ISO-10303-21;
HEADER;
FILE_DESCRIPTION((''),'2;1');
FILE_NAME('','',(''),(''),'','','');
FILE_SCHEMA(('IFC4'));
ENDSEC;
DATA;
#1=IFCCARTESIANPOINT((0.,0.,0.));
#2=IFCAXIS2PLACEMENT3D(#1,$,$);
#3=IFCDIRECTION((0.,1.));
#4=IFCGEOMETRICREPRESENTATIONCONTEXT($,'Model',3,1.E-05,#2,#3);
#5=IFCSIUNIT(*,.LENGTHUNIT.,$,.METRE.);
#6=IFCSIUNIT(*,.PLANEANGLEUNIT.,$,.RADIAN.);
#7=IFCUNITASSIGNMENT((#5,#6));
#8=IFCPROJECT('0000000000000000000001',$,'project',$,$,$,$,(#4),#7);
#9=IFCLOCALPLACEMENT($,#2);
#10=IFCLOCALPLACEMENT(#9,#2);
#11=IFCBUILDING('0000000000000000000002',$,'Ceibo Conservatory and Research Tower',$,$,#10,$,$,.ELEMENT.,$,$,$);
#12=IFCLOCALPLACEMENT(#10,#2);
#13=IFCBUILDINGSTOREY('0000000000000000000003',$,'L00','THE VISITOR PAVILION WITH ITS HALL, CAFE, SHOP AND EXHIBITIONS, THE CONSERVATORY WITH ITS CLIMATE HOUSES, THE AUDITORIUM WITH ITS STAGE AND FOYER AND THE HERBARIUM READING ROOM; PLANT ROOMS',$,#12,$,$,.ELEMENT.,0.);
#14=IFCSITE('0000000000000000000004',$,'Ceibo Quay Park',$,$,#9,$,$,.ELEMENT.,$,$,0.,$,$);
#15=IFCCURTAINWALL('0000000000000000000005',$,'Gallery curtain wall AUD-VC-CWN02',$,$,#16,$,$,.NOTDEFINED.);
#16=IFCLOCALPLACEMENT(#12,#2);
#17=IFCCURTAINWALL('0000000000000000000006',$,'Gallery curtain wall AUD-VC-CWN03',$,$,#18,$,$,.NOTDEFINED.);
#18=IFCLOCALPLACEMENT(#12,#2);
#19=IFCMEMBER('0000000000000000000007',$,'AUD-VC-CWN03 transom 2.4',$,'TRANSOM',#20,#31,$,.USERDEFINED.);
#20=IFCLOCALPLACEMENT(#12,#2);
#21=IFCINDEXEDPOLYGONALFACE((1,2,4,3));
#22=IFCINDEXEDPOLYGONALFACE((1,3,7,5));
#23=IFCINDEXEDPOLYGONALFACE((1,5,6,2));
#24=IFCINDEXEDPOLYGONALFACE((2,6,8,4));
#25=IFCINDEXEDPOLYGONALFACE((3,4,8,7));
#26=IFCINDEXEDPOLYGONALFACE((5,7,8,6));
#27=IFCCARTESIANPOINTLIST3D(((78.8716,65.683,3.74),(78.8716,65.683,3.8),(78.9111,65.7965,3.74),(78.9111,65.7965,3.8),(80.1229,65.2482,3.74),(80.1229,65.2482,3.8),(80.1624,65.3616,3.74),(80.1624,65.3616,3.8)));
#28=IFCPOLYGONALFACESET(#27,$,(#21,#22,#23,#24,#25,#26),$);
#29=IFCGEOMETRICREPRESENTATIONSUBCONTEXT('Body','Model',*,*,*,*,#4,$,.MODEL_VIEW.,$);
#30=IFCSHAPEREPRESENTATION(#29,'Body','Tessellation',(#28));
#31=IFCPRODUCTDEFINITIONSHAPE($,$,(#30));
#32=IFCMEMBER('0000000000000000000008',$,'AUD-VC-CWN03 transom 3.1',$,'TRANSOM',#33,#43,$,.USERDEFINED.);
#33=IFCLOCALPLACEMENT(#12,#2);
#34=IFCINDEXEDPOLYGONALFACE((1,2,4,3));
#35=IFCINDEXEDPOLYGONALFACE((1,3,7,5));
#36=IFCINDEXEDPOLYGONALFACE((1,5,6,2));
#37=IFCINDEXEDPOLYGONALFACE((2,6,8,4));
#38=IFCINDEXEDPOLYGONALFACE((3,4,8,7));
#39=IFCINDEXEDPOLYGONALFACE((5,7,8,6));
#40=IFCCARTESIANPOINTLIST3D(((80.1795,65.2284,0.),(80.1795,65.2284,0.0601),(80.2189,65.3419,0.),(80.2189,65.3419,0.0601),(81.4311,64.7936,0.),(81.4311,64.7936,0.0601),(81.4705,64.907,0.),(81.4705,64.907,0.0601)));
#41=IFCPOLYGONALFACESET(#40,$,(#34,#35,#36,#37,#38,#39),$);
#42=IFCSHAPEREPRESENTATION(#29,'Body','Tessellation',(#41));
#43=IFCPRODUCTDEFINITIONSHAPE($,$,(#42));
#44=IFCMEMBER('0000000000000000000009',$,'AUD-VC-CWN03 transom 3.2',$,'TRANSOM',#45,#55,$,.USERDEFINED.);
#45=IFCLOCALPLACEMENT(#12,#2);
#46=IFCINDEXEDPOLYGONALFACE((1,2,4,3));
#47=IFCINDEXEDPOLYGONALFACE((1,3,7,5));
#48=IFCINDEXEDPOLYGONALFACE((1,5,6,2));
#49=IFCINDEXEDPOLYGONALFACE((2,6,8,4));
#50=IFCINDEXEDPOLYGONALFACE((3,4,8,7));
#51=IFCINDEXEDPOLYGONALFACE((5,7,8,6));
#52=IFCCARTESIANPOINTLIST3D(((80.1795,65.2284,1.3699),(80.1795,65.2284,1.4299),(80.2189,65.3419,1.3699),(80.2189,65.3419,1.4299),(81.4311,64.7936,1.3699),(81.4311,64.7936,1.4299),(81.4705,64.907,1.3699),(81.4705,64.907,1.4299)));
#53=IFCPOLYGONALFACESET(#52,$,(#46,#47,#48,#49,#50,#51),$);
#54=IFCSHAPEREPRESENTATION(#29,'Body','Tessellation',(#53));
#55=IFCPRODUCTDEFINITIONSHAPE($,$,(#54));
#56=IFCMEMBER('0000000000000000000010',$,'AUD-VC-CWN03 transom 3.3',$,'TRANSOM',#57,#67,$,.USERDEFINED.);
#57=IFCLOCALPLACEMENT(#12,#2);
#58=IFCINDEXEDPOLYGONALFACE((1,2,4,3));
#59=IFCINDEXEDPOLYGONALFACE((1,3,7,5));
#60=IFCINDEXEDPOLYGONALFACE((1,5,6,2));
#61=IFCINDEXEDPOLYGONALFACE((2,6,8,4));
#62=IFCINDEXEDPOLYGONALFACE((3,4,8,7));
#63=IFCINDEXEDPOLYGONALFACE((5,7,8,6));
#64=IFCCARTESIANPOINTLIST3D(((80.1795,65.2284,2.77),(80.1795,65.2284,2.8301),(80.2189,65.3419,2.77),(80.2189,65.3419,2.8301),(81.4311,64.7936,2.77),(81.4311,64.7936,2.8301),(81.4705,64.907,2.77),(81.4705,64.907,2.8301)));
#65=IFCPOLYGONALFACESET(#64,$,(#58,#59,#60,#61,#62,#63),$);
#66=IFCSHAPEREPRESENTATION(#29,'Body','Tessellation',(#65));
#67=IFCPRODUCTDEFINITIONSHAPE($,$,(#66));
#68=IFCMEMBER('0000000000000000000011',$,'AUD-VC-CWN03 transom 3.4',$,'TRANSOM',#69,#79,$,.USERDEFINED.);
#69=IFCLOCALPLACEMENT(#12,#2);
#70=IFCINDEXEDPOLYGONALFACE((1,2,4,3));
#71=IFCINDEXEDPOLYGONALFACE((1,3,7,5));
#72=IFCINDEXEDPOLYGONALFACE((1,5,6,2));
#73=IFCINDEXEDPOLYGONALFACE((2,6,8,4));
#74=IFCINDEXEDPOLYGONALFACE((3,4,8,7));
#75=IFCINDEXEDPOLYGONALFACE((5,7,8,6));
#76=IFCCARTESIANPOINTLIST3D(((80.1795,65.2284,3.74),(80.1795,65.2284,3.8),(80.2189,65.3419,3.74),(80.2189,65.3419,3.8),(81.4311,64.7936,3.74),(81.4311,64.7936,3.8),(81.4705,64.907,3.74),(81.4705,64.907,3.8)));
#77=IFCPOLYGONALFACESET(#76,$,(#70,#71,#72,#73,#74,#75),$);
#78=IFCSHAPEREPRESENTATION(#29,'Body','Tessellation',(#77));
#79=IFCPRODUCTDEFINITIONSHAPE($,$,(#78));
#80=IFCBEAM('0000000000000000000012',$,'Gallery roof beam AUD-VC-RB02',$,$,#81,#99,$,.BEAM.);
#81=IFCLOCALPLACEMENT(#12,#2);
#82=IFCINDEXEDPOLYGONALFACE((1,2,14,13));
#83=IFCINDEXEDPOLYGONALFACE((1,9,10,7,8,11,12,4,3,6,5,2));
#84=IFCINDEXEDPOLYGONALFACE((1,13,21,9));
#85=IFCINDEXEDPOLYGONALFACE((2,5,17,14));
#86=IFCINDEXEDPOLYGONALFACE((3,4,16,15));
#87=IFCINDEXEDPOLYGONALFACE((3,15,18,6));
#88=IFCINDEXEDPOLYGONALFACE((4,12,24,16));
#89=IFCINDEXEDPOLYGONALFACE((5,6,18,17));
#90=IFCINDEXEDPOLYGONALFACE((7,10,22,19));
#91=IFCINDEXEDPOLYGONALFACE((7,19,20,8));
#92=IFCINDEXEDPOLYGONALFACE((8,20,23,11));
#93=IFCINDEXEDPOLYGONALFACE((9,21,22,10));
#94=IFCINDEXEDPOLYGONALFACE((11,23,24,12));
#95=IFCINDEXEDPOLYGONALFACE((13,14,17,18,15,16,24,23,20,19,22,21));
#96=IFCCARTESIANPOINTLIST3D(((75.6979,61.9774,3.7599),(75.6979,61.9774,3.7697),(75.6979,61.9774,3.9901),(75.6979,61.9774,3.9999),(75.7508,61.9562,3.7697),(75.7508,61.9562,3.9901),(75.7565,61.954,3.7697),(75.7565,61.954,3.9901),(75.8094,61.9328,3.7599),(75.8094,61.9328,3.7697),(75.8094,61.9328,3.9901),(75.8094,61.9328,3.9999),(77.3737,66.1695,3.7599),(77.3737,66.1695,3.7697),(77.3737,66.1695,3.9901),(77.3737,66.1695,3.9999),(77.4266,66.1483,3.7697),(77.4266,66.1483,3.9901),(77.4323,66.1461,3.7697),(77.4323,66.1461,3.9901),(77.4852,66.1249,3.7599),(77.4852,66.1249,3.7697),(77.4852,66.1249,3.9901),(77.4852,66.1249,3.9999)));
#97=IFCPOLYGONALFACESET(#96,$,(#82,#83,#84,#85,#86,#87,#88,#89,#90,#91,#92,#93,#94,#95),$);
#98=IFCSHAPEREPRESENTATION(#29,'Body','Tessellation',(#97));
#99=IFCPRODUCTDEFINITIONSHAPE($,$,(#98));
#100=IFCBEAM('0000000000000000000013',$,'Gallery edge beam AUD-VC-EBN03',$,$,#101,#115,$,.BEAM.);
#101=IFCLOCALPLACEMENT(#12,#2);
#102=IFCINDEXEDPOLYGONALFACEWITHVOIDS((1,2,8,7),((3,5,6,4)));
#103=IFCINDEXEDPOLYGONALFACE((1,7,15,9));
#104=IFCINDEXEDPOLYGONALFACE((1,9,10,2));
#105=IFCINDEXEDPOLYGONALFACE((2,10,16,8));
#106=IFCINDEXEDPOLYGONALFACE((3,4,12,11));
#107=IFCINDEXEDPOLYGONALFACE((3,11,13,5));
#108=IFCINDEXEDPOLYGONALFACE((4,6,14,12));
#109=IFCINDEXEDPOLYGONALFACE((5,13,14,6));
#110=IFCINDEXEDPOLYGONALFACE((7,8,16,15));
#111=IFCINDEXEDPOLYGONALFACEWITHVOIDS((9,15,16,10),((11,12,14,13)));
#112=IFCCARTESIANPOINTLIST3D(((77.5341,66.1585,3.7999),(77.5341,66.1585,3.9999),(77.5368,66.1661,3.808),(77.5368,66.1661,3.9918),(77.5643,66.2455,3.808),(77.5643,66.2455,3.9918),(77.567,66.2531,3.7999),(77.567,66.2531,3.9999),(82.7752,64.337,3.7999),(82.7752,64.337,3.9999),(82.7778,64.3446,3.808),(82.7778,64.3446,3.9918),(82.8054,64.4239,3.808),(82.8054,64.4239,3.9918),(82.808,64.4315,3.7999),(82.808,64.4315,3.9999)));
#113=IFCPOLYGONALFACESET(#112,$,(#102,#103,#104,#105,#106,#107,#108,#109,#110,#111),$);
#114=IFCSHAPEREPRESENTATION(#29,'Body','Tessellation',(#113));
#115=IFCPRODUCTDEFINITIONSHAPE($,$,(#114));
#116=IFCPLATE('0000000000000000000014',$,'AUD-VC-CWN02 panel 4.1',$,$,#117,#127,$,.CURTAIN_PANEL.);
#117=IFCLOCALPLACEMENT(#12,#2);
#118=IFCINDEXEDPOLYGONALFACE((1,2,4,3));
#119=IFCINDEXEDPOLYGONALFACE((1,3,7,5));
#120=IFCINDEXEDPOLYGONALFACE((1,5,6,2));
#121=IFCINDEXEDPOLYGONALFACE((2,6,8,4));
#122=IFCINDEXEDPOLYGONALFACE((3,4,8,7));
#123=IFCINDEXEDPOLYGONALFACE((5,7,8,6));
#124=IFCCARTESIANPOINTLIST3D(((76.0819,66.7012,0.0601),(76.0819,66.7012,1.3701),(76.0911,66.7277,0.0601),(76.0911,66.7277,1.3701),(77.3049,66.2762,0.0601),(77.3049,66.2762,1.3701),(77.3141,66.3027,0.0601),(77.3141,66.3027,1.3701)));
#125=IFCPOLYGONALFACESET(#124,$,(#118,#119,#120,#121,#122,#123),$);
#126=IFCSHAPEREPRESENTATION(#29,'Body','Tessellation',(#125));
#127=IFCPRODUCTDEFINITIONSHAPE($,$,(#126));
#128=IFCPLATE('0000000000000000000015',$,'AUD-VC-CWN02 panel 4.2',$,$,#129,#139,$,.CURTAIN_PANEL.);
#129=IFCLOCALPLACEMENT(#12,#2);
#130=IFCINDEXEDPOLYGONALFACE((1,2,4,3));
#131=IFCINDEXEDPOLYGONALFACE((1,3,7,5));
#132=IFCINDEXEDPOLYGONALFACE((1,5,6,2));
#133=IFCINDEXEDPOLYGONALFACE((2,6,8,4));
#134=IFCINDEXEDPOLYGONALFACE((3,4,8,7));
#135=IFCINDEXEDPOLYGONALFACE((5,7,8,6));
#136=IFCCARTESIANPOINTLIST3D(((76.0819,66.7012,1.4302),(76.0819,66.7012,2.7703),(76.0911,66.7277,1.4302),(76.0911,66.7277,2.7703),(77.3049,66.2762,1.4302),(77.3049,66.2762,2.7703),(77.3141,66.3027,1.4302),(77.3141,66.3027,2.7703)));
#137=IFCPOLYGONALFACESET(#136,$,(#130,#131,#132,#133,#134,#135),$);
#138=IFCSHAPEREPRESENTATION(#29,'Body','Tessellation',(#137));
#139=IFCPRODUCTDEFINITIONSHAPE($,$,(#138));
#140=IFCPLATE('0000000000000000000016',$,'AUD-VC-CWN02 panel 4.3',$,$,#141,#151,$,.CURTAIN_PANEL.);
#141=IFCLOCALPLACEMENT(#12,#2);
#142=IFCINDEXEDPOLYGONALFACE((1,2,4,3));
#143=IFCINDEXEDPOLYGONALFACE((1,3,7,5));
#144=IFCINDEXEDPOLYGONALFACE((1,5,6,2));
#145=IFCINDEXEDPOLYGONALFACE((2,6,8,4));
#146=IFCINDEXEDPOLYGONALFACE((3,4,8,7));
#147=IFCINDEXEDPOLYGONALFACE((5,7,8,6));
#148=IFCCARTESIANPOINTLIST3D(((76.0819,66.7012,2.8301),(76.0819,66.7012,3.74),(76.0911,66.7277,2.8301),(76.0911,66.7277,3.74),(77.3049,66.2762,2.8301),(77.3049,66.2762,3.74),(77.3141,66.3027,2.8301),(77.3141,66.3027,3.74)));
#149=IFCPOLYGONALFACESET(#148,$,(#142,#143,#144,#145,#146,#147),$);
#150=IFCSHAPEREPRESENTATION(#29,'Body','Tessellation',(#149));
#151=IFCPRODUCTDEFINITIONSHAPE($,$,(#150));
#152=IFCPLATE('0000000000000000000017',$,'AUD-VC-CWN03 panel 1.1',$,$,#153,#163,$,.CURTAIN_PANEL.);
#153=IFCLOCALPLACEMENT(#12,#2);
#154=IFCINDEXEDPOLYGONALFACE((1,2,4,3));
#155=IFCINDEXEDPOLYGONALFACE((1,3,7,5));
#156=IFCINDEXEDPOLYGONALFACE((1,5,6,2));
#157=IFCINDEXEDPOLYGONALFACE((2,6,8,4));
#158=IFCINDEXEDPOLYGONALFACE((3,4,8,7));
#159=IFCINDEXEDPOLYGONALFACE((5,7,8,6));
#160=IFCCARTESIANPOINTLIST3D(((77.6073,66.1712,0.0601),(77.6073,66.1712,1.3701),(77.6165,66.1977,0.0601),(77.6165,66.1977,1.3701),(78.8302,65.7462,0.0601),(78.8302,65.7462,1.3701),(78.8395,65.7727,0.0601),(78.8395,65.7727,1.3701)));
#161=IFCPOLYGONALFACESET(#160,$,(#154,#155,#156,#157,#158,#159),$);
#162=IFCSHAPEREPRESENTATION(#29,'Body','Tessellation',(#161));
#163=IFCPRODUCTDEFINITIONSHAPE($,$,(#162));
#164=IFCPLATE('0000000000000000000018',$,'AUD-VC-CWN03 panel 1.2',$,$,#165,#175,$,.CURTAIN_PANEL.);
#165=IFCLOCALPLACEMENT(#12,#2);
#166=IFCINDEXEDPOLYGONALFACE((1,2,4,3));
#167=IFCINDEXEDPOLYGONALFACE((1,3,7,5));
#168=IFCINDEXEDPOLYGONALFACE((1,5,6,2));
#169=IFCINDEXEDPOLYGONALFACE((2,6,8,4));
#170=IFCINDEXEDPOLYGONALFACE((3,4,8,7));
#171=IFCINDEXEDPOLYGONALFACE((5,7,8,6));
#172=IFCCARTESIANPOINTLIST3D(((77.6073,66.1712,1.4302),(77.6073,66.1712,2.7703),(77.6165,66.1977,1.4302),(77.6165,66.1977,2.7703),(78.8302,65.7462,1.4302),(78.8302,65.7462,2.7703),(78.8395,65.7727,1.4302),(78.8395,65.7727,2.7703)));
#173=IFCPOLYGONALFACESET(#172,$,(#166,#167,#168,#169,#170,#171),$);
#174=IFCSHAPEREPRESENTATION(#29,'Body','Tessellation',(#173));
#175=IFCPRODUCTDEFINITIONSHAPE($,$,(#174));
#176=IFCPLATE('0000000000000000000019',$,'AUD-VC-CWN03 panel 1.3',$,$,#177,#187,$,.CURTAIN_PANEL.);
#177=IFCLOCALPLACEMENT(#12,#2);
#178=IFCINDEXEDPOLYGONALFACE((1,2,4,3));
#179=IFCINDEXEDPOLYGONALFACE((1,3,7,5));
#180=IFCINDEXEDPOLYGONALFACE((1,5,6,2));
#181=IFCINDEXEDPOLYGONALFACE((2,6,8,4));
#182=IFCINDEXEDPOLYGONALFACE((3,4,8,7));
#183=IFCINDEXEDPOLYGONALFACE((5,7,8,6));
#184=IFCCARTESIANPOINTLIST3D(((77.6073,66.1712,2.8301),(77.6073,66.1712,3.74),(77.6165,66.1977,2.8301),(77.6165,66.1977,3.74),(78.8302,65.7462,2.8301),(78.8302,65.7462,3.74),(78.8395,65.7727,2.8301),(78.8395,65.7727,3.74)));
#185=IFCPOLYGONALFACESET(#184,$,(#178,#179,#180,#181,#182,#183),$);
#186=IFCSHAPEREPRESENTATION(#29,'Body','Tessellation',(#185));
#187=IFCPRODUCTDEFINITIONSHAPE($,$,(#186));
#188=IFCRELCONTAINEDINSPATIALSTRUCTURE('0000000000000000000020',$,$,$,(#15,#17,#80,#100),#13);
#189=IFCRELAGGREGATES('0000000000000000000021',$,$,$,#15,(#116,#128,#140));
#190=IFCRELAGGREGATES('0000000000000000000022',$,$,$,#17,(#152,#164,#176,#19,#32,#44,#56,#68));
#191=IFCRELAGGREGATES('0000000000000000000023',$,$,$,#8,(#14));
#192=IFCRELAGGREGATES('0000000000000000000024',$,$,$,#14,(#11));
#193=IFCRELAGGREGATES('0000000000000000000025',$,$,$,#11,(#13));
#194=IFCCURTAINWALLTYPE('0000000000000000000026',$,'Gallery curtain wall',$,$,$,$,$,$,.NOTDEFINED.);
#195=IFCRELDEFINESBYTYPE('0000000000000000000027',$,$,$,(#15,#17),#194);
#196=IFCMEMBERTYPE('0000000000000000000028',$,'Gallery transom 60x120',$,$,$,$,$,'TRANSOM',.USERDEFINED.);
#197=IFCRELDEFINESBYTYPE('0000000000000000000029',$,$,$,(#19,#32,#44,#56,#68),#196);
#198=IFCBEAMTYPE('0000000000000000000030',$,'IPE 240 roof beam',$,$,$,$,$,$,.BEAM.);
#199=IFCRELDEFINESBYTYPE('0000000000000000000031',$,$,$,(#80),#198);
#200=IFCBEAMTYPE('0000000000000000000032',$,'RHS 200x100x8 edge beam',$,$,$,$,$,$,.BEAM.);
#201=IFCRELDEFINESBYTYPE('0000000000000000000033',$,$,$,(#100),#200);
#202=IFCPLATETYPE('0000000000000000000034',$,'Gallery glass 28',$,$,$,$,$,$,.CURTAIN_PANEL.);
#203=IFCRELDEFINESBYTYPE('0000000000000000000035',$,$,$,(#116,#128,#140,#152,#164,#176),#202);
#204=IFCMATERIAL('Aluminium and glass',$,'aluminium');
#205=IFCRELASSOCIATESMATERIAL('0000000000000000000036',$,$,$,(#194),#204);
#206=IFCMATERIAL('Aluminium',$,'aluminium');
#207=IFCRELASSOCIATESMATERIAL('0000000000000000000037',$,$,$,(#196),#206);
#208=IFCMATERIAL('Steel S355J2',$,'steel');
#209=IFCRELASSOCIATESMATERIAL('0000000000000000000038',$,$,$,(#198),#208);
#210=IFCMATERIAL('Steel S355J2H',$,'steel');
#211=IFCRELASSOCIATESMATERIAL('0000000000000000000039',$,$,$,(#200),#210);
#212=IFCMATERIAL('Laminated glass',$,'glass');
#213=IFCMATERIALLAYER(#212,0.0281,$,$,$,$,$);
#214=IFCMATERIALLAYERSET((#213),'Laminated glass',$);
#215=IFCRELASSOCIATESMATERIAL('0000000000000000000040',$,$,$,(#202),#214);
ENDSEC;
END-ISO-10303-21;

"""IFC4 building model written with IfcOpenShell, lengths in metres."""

from ifc_helpers import new_model, si_unit, direction, frame, origin, origin_2d, place, context, subcontext, project, spatial, rectangle, hollow_rectangle, i_section, extrude, material, layer, layer_set, material_profile, profile_set, type_object, element, aggregate, save


model = new_model("IFC4")

# Units and contexts
model_context = context("Model", 3, precision=1e-05, world=origin(), true_north=direction((0.0, 1.0)))
body_context = subcontext(model_context, "Body", "Model", "MODEL_VIEW")
ifc_project = project(units=[si_unit("LENGTHUNIT", "METRE"), si_unit("PLANEANGLEUNIT", "RADIAN")], contexts=[model_context])

# Site, building, storey
site_placement = place(None, origin())
site = spatial("IfcSite", under=ifc_project, at=site_placement, Name="Ceibo Quay Park", CompositionType="ELEMENT", RefElevation=0.0)
building_placement = place(site_placement, origin())
building = spatial("IfcBuilding", under=site, at=building_placement, Name="Ceibo Conservatory and Research Tower", CompositionType="ELEMENT")
storey_placement = place(building_placement, origin())
storey = spatial("IfcBuildingStorey", under=building, at=storey_placement, Name="L00", Description="THE VISITOR PAVILION WITH ITS HALL, CAFE, SHOP AND EXHIBITIONS, THE CONSERVATORY WITH ITS CLIMATE HOUSES, THE AUDITORIUM WITH ITS STAGE AND FOYER AND THE HERBARIUM READING ROOM; PLANT ROOMS", CompositionType="ELEMENT", Elevation=0.0)

# Shared definitions
ifc_material_1 = material(Name="Steel S355J2H", Category="steel")

# Curtain wall
ifc_material_2 = material(Name="Aluminium and glass", Category="aluminium")
curtain_wall_type = type_object("IfcCurtainWallType", Name="Gallery curtain wall", PredefinedType="NOTDEFINED", material=ifc_material_2)
curtain_wall_1_placement = place(storey_placement, origin())
curtain_wall_1 = element("IfcCurtainWall", 1, at=curtain_wall_1_placement, inside=storey, type_object=curtain_wall_type, Name="Gallery curtain wall AUD-VC-CWN02", PredefinedType="NOTDEFINED")
ifc_material_3 = material(Name="Aluminium", Category="aluminium")

# Curtain wall
curtain_wall_2_placement = place(storey_placement, origin())
curtain_wall_2 = element("IfcCurtainWall", 2, at=curtain_wall_2_placement, inside=storey, type_object=curtain_wall_type, Name="Gallery curtain wall AUD-VC-CWN03", PredefinedType="NOTDEFINED")

# Members
ifc_material_profile_1 = material_profile(ifc_material_3, rectangle(XDim=0.1201, YDim=0.0601, at=origin_2d()), Name="AL 60x120")
ifc_profile_set_1 = profile_set([ifc_material_profile_1], Name="Aluminium")
member_type_1 = type_object("IfcMemberType", Name="Gallery transom 60x120", ElementType="TRANSOM", PredefinedType="USERDEFINED", material=ifc_profile_set_1)
member_1_placement = place(storey_placement, frame((78.8914, 65.7397, 3.77), z_axis=(0.944589, -0.328256, 0.0), x_axis=(0.328256, 0.944589, 0.0)))
member_1 = element("IfcMember", 3, at=member_1_placement, type_object=member_type_1, Name="AUD-VC-CWN03 transom 2.4", ObjectType="TRANSOM", PredefinedType="USERDEFINED", context=body_context, shape_type="SweptSolid", body=[
    extrude(rectangle(XDim=0.1201, YDim=0.0601, at=origin_2d()), origin(), (0.0, 0.0, 1.0), 1.3247),
])
member_2_placement = place(storey_placement, frame((80.1992, 65.2852, 0.03), z_axis=(0.944609, -0.328199, 0.0), x_axis=(0.328199, 0.944609, 0.0)))
member_2 = element("IfcMember", 4, at=member_2_placement, type_object=member_type_1, Name="AUD-VC-CWN03 transom 3.1", ObjectType="TRANSOM", PredefinedType="USERDEFINED", context=body_context, shape_type="SweptSolid", body=[
    extrude(rectangle(XDim=0.1201, YDim=0.0601, at=origin_2d()), origin(), (0.0, 0.0, 1.0), 1.325),
])
member_3_placement = place(storey_placement, frame((80.1992, 65.2852, 1.3999), z_axis=(0.944609, -0.328199, 0.0), x_axis=(0.328199, 0.944609, 0.0)))
member_3 = element("IfcMember", 5, at=member_3_placement, type_object=member_type_1, Name="AUD-VC-CWN03 transom 3.2", ObjectType="TRANSOM", PredefinedType="USERDEFINED", context=body_context, shape_type="SweptSolid", body=[
    extrude(rectangle(XDim=0.1201, YDim=0.0601, at=origin_2d()), origin(), (0.0, 0.0, 1.0), 1.325),
])
member_4_placement = place(storey_placement, frame((80.1992, 65.2852, 2.8), z_axis=(0.944609, -0.328199, 0.0), x_axis=(0.328199, 0.944609, 0.0)))
member_4 = element("IfcMember", 6, at=member_4_placement, type_object=member_type_1, Name="AUD-VC-CWN03 transom 3.3", ObjectType="TRANSOM", PredefinedType="USERDEFINED", context=body_context, shape_type="SweptSolid", body=[
    extrude(rectangle(XDim=0.1201, YDim=0.0601, at=origin_2d()), origin(), (0.0, 0.0, 1.0), 1.325),
])
member_5_placement = place(storey_placement, frame((80.1992, 65.2852, 3.77), z_axis=(0.944609, -0.328199, 0.0), x_axis=(0.328199, 0.944609, 0.0)))
member_5 = element("IfcMember", 7, at=member_5_placement, type_object=member_type_1, Name="AUD-VC-CWN03 transom 3.4", ObjectType="TRANSOM", PredefinedType="USERDEFINED", context=body_context, shape_type="SweptSolid", body=[
    extrude(rectangle(XDim=0.1201, YDim=0.0601, at=origin_2d()), origin(), (0.0, 0.0, 1.0), 1.325),
])

# Beams
ifc_material_4 = material(Name="Steel S355J2", Category="steel")
ifc_material_profile_2 = material_profile(ifc_material_4, i_section(OverallWidth=0.1201, OverallDepth=0.24, WebThickness=0.0061, FlangeThickness=0.0098, at=origin_2d()), Name="IPE 240")
ifc_profile_set_2 = profile_set([ifc_material_profile_2], Name="Steel S355J2")
beam_type_1 = type_object("IfcBeamType", Name="IPE 240 roof beam", PredefinedType="BEAM", material=ifc_profile_set_2)
beam_1_placement = place(storey_placement, frame((77.4294, 66.1472, 3.8799), z_axis=(-0.371186, -0.928559, 0.0), x_axis=(0.928559, -0.371186, 0.0)))
element("IfcBeam", 8, at=beam_1_placement, inside=storey, type_object=beam_type_1, Name="Gallery roof beam AUD-VC-RB02", PredefinedType="BEAM", context=body_context, shape_type="SweptSolid", body=[
    extrude(i_section(OverallWidth=0.1201, OverallDepth=0.24, WebThickness=0.0061, FlangeThickness=0.0098, at=origin_2d()), origin(), (0.0, 0.0, 1.0), 4.5146),
])
ifc_material_profile_3 = material_profile(ifc_material_1, hollow_rectangle(XDim=0.1001, YDim=0.2, WallThickness=0.0081, at=origin_2d()), Name="RHS 200x100x8 edge beam")
ifc_profile_set_3 = profile_set([ifc_material_profile_3], Name="Steel S355J2H")
beam_type_2 = type_object("IfcBeamType", Name="RHS 200x100x8 edge beam", PredefinedType="BEAM", material=ifc_profile_set_3)
beam_2_placement = place(storey_placement, frame((77.5505, 66.2058, 3.8999), z_axis=(0.944576, -0.328294, 0.0), x_axis=(0.328294, 0.944576, 0.0)))
element("IfcBeam", 9, at=beam_2_placement, inside=storey, type_object=beam_type_2, Name="Gallery edge beam AUD-VC-EBN03", PredefinedType="BEAM", context=body_context, shape_type="SweptSolid", body=[
    extrude(hollow_rectangle(XDim=0.1001, YDim=0.2, WallThickness=0.0081, at=origin_2d()), origin(), (0.0, 0.0, 1.0), 5.5486),
])

# Plates
ifc_material_5 = material(Name="Laminated glass", Category="glass")
ifc_layer = layer(ifc_material_5, 0.0281)
ifc_layer_set = layer_set([ifc_layer], Name="Laminated glass")
plate_type = type_object("IfcPlateType", Name="Gallery glass 28", PredefinedType="CURTAIN_PANEL", material=ifc_layer_set)
plate_1_placement = place(storey_placement, frame((76.698, 66.502, 0.0601), z_axis=(0.0, 0.0, 1.0), x_axis=(0.944579, -0.328284, 0.0)))
plate_1 = element("IfcPlate", 10, at=plate_1_placement, type_object=plate_type, Name="AUD-VC-CWN02 panel 4.1", PredefinedType="CURTAIN_PANEL", context=body_context, shape_type="SweptSolid", body=[
    extrude(rectangle(XDim=1.2947, YDim=0.0281, at=origin_2d()), origin(), (0.0, 0.0, 1.0), 1.3101),
])
plate_2_placement = place(storey_placement, frame((76.698, 66.502, 1.4302), z_axis=(0.0, 0.0, 1.0), x_axis=(0.944579, -0.328284, 0.0)))
plate_2 = element("IfcPlate", 11, at=plate_2_placement, type_object=plate_type, Name="AUD-VC-CWN02 panel 4.2", PredefinedType="CURTAIN_PANEL", context=body_context, shape_type="SweptSolid", body=[
    extrude(rectangle(XDim=1.2947, YDim=0.0281, at=origin_2d()), origin(), (0.0, 0.0, 1.0), 1.3401),
])
plate_3_placement = place(storey_placement, frame((76.698, 66.502, 2.8301), z_axis=(0.0, 0.0, 1.0), x_axis=(0.944579, -0.328284, 0.0)))
plate_3 = element("IfcPlate", 12, at=plate_3_placement, type_object=plate_type, Name="AUD-VC-CWN02 panel 4.3", PredefinedType="CURTAIN_PANEL", context=body_context, shape_type="SweptSolid", body=[
    extrude(rectangle(XDim=1.2947, YDim=0.0281, at=origin_2d()), origin(), (0.0, 0.0, 1.0), 0.9099),
])
aggregate(curtain_wall_1, [plate_1, plate_2, plate_3])
plate_4_placement = place(storey_placement, frame((78.2234, 65.9719, 0.0601), z_axis=(0.0, 0.0, 1.0), x_axis=(0.944579, -0.328284, 0.0)))
plate_4 = element("IfcPlate", 13, at=plate_4_placement, type_object=plate_type, Name="AUD-VC-CWN03 panel 1.1", PredefinedType="CURTAIN_PANEL", context=body_context, shape_type="SweptSolid", body=[
    extrude(rectangle(XDim=1.2947, YDim=0.0281, at=origin_2d()), origin(), (0.0, 0.0, 1.0), 1.3101),
])
plate_5_placement = place(storey_placement, frame((78.2234, 65.9719, 1.4302), z_axis=(0.0, 0.0, 1.0), x_axis=(0.944579, -0.328284, 0.0)))
plate_5 = element("IfcPlate", 14, at=plate_5_placement, type_object=plate_type, Name="AUD-VC-CWN03 panel 1.2", PredefinedType="CURTAIN_PANEL", context=body_context, shape_type="SweptSolid", body=[
    extrude(rectangle(XDim=1.2947, YDim=0.0281, at=origin_2d()), origin(), (0.0, 0.0, 1.0), 1.3401),
])
plate_6_placement = place(storey_placement, frame((78.2234, 65.9719, 2.8301), z_axis=(0.0, 0.0, 1.0), x_axis=(0.944579, -0.328284, 0.0)))
plate_6 = element("IfcPlate", 15, at=plate_6_placement, type_object=plate_type, Name="AUD-VC-CWN03 panel 1.3", PredefinedType="CURTAIN_PANEL", context=body_context, shape_type="SweptSolid", body=[
    extrude(rectangle(XDim=1.2947, YDim=0.0281, at=origin_2d()), origin(), (0.0, 0.0, 1.0), 0.9099),
])
aggregate(curtain_wall_2, [plate_4, plate_5, plate_6, member_1, member_2, member_3, member_4, member_5])

save(model, "model.ifc")
